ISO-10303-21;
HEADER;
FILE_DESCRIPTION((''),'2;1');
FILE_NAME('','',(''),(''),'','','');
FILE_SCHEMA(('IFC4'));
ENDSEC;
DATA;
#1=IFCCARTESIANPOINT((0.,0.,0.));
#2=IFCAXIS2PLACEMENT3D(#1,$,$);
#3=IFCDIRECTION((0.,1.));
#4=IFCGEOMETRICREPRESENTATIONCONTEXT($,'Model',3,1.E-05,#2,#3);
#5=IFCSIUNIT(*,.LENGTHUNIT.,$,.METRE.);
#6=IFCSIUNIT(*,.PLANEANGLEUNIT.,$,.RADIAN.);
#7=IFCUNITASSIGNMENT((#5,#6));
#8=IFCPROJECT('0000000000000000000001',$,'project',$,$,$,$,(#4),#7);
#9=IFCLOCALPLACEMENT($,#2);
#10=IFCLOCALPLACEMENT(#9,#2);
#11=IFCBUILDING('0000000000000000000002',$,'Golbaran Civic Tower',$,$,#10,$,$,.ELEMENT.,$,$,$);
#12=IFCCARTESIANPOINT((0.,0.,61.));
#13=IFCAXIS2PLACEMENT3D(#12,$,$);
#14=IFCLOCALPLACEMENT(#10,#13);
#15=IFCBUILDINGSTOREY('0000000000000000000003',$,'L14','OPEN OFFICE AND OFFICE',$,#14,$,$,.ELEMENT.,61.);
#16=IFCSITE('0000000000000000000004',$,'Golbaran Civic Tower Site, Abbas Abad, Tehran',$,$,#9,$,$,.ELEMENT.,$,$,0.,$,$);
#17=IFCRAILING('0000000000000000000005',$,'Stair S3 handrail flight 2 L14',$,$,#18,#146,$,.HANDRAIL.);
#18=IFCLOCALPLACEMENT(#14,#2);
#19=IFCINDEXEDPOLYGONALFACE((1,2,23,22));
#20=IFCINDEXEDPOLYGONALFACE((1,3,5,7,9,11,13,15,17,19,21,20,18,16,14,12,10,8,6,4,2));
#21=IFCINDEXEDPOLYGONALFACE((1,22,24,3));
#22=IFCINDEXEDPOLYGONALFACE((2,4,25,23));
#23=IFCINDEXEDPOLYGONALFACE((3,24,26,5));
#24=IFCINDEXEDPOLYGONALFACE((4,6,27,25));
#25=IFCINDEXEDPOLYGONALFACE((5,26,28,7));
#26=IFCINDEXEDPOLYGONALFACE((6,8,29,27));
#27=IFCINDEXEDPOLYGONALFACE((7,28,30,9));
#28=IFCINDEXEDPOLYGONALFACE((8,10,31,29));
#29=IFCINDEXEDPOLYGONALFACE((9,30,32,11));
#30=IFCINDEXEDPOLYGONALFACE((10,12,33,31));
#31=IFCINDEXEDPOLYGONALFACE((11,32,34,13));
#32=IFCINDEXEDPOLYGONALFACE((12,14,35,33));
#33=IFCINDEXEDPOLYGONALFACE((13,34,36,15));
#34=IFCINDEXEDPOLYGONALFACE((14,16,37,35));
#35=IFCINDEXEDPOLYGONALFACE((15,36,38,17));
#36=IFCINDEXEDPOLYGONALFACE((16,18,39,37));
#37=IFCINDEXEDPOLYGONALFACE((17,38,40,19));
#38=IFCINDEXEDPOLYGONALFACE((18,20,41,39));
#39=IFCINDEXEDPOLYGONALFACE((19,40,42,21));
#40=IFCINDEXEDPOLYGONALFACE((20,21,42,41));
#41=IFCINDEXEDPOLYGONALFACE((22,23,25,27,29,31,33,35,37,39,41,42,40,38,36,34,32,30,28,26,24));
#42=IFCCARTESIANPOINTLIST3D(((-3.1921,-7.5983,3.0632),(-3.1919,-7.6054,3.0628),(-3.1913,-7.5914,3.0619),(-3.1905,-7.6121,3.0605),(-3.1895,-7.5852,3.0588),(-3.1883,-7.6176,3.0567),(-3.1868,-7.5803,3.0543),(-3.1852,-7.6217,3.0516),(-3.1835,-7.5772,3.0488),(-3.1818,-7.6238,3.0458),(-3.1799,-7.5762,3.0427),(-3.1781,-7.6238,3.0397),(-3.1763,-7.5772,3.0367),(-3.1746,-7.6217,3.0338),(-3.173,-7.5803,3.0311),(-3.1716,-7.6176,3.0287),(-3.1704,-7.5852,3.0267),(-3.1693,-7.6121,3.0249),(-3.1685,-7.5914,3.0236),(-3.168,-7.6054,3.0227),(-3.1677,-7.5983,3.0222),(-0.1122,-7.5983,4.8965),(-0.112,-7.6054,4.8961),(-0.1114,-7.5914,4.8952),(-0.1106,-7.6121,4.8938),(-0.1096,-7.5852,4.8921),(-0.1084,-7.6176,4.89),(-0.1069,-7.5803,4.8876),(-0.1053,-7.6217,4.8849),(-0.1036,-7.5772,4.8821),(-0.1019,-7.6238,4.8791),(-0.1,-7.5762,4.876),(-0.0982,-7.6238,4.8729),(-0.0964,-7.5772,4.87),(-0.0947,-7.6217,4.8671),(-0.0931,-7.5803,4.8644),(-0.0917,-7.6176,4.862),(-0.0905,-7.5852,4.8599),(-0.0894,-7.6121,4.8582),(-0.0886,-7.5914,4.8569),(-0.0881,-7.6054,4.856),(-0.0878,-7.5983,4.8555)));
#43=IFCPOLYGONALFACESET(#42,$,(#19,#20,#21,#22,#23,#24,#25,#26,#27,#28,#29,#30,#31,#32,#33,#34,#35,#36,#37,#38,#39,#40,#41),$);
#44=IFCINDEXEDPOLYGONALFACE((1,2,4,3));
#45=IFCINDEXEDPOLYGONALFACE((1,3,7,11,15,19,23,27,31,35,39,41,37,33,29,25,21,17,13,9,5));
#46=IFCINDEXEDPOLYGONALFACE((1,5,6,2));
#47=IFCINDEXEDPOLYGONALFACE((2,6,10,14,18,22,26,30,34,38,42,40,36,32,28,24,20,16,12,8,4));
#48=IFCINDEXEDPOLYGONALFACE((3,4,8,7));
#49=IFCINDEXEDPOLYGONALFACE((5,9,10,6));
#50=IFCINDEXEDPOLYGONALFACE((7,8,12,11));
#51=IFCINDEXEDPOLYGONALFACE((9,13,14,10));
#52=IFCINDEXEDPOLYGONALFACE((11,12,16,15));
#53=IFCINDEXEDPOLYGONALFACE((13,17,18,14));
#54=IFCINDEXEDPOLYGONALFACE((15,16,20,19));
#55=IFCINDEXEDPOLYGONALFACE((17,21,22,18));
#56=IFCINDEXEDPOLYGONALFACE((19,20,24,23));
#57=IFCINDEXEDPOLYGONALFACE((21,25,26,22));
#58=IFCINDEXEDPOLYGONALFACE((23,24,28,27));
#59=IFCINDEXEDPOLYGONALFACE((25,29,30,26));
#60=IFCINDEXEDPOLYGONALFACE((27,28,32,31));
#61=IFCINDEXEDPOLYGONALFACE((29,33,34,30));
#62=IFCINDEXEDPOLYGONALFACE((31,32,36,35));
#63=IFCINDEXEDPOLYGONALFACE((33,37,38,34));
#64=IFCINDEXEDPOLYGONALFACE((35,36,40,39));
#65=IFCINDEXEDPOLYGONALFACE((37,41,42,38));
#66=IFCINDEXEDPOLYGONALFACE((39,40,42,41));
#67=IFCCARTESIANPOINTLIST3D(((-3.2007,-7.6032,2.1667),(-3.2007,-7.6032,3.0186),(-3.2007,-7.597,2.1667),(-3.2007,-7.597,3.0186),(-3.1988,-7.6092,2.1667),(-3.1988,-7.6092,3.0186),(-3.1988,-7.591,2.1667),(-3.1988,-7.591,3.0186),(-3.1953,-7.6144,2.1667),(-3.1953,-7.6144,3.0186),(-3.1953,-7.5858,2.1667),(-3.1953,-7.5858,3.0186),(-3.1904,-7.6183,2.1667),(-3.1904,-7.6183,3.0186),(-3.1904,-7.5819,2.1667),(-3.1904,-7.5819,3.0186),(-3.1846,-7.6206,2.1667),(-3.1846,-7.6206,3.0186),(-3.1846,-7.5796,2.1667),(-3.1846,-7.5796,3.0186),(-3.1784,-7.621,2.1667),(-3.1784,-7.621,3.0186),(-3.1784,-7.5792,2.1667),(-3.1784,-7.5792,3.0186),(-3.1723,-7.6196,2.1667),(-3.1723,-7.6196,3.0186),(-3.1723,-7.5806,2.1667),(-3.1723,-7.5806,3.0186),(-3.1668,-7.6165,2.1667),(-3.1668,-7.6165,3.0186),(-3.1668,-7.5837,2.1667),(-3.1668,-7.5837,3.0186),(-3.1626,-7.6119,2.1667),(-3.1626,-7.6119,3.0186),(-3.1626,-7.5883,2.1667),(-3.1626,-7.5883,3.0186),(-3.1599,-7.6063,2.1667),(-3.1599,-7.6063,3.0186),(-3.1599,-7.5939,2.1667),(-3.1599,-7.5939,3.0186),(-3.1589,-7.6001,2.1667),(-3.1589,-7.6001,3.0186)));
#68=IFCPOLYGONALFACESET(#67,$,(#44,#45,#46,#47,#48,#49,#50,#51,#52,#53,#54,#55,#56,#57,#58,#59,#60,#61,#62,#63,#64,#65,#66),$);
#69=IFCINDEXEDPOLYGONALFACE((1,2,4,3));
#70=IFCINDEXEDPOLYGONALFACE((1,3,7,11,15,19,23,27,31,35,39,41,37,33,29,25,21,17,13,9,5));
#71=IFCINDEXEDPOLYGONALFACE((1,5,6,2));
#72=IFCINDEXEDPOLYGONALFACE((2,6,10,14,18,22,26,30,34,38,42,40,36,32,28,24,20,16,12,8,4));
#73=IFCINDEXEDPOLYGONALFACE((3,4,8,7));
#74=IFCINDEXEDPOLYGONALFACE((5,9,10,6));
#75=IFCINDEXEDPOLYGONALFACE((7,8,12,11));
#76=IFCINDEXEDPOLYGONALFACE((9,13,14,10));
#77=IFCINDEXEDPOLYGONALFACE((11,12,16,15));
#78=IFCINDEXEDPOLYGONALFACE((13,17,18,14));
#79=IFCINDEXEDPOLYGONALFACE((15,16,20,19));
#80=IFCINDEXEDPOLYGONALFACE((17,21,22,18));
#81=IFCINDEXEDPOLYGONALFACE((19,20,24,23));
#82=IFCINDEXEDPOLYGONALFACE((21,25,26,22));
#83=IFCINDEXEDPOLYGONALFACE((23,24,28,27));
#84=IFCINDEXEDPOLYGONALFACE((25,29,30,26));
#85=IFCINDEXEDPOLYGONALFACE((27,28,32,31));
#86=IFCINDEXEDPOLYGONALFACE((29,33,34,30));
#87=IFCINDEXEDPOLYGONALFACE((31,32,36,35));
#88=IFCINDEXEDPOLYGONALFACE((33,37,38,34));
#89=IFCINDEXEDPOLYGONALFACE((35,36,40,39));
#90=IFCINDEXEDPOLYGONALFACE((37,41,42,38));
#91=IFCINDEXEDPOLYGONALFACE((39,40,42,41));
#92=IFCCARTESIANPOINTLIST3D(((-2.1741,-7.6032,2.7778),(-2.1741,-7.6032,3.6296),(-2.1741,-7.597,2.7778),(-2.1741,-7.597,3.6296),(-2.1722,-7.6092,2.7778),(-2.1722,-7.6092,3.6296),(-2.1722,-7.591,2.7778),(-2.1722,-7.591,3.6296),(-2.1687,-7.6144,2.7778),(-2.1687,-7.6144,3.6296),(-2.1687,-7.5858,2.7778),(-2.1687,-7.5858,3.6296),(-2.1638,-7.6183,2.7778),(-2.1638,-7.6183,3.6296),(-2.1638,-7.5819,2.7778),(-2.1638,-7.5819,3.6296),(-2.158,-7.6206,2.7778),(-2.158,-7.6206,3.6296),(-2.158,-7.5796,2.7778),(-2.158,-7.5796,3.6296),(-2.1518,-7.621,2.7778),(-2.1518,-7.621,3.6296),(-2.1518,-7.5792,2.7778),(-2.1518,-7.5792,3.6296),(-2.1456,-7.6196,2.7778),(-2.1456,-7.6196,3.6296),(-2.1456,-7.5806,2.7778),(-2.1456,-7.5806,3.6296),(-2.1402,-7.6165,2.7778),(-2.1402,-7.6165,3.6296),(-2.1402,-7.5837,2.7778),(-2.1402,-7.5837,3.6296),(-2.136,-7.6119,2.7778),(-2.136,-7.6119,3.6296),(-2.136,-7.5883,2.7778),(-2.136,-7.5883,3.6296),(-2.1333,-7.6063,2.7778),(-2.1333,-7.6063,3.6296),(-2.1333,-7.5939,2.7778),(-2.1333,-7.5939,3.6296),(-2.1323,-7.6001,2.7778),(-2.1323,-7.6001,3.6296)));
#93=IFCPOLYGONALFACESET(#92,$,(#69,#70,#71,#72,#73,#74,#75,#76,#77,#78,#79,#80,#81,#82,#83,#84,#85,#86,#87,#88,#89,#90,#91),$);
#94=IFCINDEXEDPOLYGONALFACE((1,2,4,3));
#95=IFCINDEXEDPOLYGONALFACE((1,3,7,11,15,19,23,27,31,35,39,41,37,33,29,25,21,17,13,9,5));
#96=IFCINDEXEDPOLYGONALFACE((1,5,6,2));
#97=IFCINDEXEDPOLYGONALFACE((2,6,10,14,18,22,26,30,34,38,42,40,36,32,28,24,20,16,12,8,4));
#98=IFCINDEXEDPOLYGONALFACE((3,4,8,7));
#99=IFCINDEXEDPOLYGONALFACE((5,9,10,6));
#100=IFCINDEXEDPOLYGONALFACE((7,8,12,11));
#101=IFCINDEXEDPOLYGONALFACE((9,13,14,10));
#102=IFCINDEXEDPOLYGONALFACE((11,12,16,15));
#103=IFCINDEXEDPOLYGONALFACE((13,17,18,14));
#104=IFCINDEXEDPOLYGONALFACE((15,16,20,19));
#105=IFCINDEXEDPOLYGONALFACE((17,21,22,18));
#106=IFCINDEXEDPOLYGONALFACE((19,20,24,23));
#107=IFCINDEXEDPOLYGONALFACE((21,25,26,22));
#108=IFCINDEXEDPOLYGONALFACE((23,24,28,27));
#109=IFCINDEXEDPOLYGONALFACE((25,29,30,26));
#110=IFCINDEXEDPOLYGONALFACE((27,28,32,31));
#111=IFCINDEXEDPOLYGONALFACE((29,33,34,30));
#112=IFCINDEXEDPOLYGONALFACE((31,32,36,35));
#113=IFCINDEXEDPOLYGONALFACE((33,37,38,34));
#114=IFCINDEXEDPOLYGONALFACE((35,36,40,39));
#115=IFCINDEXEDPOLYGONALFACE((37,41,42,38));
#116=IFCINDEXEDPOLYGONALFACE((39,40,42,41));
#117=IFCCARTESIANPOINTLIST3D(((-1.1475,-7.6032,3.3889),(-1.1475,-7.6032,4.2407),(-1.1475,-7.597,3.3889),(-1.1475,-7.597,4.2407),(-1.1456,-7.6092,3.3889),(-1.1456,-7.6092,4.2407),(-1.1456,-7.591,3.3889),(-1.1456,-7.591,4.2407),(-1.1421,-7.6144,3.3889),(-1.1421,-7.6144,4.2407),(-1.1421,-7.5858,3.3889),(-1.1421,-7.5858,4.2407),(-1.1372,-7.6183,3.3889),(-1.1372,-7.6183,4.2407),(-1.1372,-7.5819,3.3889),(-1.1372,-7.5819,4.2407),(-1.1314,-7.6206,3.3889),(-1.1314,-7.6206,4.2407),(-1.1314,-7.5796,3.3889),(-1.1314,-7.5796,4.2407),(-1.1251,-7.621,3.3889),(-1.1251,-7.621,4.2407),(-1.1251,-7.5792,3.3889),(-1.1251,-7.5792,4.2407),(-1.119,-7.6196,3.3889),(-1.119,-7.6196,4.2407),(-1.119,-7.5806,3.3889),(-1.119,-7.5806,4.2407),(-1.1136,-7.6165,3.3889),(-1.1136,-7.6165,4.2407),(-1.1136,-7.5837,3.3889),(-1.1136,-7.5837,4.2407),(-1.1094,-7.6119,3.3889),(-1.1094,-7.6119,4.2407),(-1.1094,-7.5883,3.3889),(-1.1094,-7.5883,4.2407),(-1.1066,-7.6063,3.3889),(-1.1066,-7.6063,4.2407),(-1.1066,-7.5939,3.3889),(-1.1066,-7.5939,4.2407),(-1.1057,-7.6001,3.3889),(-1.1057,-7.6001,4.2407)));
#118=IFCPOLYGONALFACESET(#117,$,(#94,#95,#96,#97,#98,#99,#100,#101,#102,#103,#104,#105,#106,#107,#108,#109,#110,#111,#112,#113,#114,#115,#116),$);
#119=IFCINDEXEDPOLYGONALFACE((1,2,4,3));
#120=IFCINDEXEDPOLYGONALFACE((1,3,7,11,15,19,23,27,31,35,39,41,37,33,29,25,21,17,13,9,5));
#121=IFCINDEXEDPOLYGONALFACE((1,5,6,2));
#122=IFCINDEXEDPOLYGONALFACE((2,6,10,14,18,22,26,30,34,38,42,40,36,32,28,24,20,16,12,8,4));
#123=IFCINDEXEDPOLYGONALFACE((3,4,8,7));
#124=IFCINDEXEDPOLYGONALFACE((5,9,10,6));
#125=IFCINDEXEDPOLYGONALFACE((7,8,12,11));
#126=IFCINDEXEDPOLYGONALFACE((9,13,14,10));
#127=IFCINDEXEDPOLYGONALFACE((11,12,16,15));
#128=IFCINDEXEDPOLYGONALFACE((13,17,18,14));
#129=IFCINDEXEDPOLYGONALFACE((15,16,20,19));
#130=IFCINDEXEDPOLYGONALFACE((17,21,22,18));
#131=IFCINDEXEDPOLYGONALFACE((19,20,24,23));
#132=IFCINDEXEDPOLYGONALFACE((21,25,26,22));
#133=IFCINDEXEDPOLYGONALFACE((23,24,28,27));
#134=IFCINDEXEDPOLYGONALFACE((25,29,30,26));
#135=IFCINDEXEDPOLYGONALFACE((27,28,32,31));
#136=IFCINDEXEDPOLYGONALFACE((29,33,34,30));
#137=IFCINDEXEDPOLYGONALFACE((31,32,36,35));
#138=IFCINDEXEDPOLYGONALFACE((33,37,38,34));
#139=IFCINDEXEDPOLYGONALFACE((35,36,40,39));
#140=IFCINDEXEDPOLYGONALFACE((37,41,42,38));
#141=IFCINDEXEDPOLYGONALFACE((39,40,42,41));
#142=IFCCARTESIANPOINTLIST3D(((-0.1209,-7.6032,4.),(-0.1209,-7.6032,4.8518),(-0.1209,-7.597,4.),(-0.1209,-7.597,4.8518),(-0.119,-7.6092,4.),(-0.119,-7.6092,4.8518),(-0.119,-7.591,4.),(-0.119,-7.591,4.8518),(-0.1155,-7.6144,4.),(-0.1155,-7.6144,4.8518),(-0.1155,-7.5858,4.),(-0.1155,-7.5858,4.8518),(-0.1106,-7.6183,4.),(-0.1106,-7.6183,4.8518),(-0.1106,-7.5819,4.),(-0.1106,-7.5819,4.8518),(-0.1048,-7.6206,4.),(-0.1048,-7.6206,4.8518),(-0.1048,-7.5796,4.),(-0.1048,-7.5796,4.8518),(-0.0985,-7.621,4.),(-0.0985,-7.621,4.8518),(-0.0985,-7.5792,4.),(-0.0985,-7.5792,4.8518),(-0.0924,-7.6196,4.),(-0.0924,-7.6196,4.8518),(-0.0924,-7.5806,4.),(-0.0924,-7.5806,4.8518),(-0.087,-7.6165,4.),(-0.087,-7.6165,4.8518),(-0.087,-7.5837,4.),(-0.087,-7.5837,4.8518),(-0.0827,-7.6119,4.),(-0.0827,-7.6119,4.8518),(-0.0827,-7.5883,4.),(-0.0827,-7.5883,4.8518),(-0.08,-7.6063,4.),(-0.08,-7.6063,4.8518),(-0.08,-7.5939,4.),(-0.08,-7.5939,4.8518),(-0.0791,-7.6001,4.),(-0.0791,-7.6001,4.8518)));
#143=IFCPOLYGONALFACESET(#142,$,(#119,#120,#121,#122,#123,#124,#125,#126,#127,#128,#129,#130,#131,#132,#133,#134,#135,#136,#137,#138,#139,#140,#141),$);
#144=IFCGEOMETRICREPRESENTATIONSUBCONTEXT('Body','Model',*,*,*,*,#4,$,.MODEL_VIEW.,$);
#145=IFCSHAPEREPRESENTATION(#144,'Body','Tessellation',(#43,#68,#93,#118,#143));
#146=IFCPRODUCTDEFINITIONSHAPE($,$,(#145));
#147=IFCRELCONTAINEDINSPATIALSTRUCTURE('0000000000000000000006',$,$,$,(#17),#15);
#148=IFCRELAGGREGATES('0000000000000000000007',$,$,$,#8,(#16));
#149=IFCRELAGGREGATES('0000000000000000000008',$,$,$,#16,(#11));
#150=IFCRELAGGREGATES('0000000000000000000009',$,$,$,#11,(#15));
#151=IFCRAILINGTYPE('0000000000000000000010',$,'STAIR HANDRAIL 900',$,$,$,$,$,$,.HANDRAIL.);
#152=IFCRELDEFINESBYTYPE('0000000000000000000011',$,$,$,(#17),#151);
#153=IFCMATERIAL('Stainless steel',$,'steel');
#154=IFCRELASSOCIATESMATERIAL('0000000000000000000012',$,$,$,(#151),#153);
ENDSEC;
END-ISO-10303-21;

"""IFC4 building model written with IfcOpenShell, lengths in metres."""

from ifc_helpers import new_model, si_unit, direction, frame, origin, origin_2d, place, context, subcontext, project, spatial, circle, extrude, material, type_object, element, save


model = new_model("IFC4")

# Units and contexts
model_context = context("Model", 3, precision=1e-05, world=origin(), true_north=direction((0.0, 1.0)))
body_context = subcontext(model_context, "Body", "Model", "MODEL_VIEW")
ifc_project = project(units=[si_unit("LENGTHUNIT", "METRE"), si_unit("PLANEANGLEUNIT", "RADIAN")], contexts=[model_context])

# Site, building, storey
site_placement = place(None, origin())
site = spatial("IfcSite", under=ifc_project, at=site_placement, Name="Golbaran Civic Tower Site, Abbas Abad, Tehran", CompositionType="ELEMENT", RefElevation=0.0)
building_placement = place(site_placement, origin())
building = spatial("IfcBuilding", under=site, at=building_placement, Name="Golbaran Civic Tower", CompositionType="ELEMENT")
storey_placement = place(building_placement, frame((0.0, 0.0, 61.0)))
storey = spatial("IfcBuildingStorey", under=building, at=storey_placement, Name="L14", Description="OPEN OFFICE AND OFFICE", CompositionType="ELEMENT", Elevation=61.0)

# Shared definitions
ifc_material_1 = material(Name="Stainless steel", Category="steel")

# Railing
railing_type = type_object("IfcRailingType", Name="STAIR HANDRAIL 900", PredefinedType="HANDRAIL", material=ifc_material_1)
railing_1_placement = place(storey_placement, frame((-3.1799, -7.6001, 2.1667)))
element("IfcRailing", 1, at=railing_1_placement, inside=storey, type_object=railing_type, Name="Stair S3 handrail flight 2 L14", PredefinedType="HANDRAIL", context=body_context, shape_type="SweptSolid", body=[
    extrude(circle(Radius=0.0239, at=origin_2d()), frame((0.0, 0.0, 0.876), z_axis=(0.859291, 0.0, 0.511487), x_axis=(0.0, 1.0, 0.0)), (0.0, 0.0, 1.0), 3.5842),
    extrude(circle(Radius=0.021, at=origin_2d()), origin(), (0.0, 0.0, 1.0), 0.8518),
    extrude(circle(Radius=0.021, at=origin_2d()), frame((1.0266, 0.0, 0.6111)), (0.0, 0.0, 1.0), 0.8518),
    extrude(circle(Radius=0.021, at=origin_2d()), frame((2.0532, 0.0, 1.2222)), (0.0, 0.0, 1.0), 0.8518),
    extrude(circle(Radius=0.021, at=origin_2d()), frame((3.0798, 0.0, 1.8333)), (0.0, 0.0, 1.0), 0.8518),
])

save(model, "model.ifc")
